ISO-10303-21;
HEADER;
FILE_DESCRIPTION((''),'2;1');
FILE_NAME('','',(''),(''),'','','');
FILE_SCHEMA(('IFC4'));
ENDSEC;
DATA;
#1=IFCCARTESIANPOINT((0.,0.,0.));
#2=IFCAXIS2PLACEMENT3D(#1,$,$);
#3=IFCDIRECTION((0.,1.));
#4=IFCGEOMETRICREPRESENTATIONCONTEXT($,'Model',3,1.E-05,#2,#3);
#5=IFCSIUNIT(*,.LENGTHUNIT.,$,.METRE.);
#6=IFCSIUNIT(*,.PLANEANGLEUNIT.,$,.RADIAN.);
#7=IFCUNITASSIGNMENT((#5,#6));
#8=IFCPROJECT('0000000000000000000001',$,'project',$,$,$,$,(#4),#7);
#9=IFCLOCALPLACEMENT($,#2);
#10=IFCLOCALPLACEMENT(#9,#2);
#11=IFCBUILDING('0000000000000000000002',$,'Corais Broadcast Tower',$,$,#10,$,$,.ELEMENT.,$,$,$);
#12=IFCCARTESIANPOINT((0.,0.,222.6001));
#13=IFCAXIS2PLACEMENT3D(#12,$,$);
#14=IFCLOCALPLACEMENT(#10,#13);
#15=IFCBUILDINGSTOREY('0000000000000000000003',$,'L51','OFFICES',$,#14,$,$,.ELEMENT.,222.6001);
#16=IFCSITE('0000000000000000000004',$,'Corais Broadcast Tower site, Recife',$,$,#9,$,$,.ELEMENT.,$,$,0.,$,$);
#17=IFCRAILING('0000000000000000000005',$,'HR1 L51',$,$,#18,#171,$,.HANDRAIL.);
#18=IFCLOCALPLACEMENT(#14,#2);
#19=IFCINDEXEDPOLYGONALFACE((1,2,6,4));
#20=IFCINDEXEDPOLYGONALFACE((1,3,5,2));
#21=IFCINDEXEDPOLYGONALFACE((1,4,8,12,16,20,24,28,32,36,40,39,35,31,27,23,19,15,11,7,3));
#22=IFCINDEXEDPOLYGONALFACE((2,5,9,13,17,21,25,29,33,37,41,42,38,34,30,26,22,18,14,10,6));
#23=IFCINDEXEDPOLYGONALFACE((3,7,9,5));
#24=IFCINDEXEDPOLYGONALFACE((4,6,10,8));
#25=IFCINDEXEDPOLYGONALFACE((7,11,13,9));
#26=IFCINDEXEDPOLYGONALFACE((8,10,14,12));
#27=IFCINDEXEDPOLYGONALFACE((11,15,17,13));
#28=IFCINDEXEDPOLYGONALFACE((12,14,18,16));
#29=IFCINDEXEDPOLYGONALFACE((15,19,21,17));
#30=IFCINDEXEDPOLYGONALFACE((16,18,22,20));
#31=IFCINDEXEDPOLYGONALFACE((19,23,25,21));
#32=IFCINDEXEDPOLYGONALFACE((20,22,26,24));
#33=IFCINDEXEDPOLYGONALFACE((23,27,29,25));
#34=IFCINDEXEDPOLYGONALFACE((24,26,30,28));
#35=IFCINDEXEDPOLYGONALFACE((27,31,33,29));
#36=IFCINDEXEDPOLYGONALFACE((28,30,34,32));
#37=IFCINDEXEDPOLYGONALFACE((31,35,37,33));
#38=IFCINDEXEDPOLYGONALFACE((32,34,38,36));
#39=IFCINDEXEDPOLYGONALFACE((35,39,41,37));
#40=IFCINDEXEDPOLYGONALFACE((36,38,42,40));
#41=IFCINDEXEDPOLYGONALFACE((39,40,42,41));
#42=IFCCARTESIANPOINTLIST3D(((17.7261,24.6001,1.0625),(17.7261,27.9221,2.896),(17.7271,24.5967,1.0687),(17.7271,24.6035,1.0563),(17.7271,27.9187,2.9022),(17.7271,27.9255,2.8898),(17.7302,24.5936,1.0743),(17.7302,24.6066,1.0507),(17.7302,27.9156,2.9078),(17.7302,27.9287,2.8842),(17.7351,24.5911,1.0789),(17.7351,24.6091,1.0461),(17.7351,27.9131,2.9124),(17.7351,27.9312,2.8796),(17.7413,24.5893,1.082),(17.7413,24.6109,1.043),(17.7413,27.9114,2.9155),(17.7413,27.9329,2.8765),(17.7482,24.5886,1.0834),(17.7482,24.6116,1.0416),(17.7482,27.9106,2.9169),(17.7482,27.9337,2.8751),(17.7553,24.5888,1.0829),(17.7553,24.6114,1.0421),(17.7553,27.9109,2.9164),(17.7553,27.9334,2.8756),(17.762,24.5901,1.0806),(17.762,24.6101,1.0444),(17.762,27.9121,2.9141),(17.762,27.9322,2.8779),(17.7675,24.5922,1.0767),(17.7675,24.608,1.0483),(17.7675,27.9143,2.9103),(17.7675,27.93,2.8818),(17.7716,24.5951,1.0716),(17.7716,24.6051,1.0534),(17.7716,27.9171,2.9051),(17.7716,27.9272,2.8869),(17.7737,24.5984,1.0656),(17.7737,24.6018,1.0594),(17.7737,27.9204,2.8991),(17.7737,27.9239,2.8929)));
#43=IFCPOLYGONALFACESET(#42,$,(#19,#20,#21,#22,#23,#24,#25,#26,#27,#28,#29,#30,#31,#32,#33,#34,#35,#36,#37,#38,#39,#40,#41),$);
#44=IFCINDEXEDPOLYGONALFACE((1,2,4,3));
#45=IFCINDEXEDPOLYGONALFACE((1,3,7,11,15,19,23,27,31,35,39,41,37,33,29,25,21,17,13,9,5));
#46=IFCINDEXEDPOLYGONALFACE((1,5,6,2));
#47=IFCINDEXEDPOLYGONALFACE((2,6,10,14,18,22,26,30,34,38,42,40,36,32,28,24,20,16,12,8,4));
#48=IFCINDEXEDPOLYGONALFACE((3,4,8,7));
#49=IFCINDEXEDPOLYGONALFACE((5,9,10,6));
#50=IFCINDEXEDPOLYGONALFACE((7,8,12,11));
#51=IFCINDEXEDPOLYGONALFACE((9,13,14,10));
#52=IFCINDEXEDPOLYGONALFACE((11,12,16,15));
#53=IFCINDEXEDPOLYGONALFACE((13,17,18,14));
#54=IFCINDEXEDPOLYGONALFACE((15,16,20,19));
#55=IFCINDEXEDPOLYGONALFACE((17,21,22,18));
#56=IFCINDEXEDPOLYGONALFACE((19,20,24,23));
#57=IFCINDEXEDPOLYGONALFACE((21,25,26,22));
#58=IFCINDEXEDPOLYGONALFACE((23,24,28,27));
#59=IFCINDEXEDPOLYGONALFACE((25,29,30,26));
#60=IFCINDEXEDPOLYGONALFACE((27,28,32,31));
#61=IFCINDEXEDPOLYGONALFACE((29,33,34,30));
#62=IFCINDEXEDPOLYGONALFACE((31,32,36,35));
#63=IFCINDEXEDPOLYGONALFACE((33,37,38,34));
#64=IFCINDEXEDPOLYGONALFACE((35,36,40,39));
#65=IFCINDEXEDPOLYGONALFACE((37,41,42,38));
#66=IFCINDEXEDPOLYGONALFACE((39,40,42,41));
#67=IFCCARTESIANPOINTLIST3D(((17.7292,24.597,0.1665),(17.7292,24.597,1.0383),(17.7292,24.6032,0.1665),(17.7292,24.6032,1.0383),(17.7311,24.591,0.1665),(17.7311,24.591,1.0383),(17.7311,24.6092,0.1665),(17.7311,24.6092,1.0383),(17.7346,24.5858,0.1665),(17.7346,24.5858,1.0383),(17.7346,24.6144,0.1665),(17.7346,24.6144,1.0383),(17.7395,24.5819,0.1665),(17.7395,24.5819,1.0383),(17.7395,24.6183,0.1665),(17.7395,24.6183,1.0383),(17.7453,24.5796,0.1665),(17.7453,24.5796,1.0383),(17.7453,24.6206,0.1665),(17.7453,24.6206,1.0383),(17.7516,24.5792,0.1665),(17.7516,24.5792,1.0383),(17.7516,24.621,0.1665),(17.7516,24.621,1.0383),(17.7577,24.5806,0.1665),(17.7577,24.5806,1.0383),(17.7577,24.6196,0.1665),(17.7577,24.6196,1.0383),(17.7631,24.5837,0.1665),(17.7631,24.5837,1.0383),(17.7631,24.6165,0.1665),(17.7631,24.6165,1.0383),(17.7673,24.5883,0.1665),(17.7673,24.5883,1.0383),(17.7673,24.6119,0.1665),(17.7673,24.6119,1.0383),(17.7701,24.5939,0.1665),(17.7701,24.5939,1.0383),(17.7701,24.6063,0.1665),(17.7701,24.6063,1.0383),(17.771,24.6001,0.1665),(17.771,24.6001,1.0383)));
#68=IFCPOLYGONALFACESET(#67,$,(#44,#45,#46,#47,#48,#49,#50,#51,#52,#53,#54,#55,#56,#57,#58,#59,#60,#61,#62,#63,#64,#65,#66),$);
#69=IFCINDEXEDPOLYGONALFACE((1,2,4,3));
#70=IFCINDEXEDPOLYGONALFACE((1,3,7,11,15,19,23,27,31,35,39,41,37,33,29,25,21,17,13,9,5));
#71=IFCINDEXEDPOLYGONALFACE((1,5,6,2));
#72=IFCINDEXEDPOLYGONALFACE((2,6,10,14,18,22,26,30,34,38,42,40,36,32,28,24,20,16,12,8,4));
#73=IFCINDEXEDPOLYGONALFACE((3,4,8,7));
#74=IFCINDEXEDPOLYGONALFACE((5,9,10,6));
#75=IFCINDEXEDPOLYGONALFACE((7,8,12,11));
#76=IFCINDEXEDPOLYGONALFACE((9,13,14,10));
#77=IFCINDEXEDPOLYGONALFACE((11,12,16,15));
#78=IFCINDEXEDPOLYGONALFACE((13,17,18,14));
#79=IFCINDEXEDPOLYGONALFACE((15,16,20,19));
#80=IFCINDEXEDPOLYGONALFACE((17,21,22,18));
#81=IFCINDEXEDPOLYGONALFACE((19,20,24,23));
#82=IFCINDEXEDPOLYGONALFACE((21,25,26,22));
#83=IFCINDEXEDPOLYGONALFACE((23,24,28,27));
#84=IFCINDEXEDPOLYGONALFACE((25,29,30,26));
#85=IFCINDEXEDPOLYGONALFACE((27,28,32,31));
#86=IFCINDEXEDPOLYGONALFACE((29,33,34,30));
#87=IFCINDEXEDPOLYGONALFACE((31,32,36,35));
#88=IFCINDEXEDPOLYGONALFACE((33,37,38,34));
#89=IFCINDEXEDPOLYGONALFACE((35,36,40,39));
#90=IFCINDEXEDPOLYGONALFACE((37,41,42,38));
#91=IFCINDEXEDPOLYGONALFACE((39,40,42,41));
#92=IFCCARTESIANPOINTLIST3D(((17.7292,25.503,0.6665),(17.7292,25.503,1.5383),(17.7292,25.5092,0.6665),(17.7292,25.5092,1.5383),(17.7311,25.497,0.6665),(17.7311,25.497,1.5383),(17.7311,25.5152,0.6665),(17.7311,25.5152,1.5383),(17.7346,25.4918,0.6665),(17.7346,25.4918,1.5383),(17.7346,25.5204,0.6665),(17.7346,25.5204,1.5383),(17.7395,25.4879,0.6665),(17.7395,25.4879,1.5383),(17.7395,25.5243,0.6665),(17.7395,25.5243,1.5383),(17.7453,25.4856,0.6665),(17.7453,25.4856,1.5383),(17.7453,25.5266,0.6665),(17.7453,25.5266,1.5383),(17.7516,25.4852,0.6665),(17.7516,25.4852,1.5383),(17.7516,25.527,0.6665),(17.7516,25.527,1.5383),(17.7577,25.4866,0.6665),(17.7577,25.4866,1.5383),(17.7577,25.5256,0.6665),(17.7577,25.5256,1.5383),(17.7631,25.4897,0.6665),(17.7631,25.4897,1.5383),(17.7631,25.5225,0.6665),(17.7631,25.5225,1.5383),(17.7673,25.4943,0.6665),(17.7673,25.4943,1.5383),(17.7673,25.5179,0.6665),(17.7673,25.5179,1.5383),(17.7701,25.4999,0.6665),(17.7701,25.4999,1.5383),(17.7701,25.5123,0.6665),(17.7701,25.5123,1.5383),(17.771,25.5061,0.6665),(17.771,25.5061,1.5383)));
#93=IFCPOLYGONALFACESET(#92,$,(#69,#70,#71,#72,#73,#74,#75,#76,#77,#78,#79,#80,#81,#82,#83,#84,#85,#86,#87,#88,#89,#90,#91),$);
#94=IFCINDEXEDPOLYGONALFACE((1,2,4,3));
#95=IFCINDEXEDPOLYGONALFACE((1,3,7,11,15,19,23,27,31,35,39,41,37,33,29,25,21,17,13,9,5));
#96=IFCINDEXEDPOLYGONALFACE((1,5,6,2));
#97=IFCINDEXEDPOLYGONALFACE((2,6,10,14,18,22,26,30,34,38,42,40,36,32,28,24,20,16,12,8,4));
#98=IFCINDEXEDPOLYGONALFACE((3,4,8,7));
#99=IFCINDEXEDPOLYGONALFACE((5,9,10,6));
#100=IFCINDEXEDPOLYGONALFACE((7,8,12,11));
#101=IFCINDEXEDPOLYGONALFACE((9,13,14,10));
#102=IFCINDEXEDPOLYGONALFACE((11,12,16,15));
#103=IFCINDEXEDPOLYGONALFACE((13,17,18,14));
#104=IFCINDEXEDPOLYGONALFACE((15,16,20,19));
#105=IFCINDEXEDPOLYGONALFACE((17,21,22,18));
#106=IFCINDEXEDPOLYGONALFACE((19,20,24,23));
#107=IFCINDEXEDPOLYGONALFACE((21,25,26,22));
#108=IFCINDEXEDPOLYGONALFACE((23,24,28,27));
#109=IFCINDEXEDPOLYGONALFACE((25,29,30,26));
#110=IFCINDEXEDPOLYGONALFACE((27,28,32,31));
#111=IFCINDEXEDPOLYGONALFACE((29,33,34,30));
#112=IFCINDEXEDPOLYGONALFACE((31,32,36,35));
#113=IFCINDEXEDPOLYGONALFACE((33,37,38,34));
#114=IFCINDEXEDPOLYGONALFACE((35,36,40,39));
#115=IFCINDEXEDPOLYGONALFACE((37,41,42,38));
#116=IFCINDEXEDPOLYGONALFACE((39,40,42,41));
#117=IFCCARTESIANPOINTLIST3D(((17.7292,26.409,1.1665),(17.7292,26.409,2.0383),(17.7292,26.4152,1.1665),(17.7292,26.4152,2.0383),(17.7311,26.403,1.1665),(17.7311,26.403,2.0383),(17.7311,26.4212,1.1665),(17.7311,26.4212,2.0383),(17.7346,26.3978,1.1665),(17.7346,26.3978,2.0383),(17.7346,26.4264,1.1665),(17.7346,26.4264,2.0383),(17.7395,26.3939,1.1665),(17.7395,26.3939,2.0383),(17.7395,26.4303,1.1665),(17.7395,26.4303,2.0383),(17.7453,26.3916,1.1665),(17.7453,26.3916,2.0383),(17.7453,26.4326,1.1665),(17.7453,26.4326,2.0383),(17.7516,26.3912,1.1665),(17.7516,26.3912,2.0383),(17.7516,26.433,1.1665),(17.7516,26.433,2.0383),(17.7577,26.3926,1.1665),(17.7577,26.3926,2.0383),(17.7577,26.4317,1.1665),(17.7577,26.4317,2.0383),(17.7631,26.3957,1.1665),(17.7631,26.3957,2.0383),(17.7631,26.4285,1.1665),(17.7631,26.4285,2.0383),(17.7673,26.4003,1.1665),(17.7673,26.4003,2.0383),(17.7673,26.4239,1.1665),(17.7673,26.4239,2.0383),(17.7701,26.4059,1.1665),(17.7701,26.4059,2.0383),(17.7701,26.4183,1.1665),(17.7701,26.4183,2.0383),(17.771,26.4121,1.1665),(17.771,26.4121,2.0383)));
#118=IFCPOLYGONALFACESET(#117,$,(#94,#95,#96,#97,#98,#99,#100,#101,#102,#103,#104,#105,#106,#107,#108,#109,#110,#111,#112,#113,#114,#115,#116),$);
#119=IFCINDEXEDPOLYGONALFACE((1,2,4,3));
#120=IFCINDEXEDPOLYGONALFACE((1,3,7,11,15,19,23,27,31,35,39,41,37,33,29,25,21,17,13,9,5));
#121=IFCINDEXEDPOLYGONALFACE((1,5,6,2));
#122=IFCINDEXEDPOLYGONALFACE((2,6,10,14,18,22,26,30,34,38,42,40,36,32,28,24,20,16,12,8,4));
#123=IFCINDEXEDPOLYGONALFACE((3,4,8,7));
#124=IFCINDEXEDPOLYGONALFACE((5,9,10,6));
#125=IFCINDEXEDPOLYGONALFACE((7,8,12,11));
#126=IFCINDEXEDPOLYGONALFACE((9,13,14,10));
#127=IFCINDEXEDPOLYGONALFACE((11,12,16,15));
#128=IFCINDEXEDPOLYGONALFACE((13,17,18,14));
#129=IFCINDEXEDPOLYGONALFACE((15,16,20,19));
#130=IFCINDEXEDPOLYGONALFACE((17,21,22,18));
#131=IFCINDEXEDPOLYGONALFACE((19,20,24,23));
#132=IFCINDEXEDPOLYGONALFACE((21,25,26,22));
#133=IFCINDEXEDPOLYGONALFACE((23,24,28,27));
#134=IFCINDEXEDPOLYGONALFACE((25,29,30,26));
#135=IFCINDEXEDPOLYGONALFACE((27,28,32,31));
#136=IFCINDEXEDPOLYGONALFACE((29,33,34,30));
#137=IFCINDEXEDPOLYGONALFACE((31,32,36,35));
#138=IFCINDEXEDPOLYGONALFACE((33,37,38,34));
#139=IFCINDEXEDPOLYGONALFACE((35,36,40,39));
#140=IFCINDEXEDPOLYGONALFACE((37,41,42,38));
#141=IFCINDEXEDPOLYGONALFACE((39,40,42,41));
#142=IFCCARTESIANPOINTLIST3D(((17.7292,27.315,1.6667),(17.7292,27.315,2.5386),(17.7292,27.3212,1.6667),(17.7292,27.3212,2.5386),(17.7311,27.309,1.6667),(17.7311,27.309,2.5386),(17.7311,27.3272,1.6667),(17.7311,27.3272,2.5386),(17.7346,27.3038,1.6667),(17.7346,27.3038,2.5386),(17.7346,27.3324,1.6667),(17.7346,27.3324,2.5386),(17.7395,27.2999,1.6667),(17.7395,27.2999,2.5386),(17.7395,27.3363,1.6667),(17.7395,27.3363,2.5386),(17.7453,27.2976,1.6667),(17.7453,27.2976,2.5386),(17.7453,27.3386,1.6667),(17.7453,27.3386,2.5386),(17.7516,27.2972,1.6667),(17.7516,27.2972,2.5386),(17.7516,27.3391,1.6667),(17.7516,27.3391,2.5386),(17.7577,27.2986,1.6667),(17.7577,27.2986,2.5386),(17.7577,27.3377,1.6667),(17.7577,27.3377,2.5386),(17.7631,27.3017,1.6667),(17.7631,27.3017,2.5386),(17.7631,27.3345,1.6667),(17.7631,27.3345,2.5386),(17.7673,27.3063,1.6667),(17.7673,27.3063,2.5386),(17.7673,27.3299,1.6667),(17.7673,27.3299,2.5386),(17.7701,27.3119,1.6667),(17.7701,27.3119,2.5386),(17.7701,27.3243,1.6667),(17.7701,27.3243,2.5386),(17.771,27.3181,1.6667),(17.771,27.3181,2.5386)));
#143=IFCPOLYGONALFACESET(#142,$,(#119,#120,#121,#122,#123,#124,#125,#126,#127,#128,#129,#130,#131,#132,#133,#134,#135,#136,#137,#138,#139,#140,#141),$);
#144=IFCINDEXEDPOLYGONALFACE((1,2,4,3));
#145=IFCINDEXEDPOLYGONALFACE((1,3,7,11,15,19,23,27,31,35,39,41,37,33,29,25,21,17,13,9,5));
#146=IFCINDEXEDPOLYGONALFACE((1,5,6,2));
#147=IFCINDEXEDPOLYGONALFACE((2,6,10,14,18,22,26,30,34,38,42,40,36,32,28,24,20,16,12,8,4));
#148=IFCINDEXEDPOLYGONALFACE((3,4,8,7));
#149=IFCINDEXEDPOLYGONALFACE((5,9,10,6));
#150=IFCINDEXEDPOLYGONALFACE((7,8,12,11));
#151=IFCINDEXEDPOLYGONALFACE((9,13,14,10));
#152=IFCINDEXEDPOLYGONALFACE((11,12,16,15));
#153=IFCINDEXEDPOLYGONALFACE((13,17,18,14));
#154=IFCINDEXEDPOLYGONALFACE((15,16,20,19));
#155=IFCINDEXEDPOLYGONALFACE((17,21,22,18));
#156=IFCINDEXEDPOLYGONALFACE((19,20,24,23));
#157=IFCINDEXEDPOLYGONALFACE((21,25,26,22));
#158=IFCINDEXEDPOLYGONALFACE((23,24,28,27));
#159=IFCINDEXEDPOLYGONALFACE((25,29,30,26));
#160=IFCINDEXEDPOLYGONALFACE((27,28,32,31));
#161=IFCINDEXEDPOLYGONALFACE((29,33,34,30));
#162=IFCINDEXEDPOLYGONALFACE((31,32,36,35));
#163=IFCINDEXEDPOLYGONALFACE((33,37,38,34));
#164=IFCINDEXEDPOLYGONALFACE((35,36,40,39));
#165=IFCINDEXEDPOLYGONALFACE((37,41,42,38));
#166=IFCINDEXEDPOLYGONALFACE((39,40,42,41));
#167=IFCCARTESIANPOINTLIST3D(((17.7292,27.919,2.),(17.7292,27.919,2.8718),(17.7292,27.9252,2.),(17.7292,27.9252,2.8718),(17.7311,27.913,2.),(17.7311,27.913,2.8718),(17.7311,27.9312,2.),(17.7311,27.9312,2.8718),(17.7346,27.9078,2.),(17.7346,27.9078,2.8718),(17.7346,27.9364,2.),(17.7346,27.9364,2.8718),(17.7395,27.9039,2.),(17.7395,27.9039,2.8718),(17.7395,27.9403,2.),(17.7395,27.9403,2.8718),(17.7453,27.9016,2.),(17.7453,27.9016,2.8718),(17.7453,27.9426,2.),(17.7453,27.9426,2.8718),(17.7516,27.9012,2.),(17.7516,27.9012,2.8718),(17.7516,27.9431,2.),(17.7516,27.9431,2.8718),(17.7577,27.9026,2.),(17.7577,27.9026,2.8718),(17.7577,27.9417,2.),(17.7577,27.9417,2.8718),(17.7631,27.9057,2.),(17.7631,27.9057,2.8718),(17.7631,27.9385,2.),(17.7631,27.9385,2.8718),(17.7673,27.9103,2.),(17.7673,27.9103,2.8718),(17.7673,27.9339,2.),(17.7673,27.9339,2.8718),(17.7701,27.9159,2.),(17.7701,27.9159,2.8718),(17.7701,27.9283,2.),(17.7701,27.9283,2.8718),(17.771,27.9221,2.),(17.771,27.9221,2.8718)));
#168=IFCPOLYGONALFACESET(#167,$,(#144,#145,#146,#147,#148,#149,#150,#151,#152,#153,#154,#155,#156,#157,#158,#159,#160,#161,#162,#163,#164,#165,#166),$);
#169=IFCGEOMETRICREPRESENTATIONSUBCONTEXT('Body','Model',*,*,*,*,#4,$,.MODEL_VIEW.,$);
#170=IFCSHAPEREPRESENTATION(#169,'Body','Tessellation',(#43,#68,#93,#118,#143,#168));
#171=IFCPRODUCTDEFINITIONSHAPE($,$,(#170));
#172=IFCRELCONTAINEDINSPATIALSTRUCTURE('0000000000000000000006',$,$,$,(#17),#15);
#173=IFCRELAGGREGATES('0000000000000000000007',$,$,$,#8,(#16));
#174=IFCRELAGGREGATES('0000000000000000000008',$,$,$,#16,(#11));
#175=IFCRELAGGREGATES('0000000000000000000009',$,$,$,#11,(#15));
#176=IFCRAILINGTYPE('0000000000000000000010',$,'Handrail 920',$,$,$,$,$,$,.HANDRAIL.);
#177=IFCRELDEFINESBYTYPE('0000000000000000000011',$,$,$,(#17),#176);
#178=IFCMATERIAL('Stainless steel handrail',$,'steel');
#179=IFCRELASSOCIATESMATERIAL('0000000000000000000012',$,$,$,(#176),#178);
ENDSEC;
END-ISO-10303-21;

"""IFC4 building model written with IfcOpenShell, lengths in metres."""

from ifc_helpers import new_model, si_unit, direction, frame, origin, origin_2d, place, context, subcontext, project, spatial, circle, extrude, material, type_object, element, save


model = new_model("IFC4")

# Units and contexts
model_context = context("Model", 3, precision=1e-05, world=origin(), true_north=direction((0.0, 1.0)))
body_context = subcontext(model_context, "Body", "Model", "MODEL_VIEW")
ifc_project = project(units=[si_unit("LENGTHUNIT", "METRE"), si_unit("PLANEANGLEUNIT", "RADIAN")], contexts=[model_context])

# Site, building, storey
site_placement = place(None, origin())
site = spatial("IfcSite", under=ifc_project, at=site_placement, Name="Corais Broadcast Tower site, Recife", CompositionType="ELEMENT", RefElevation=0.0)
building_placement = place(site_placement, origin())
building = spatial("IfcBuilding", under=site, at=building_placement, Name="Corais Broadcast Tower", CompositionType="ELEMENT")
storey_placement = place(building_placement, frame((0.0, 0.0, 222.6001)))
storey = spatial("IfcBuildingStorey", under=building, at=storey_placement, Name="L51", Description="OFFICES", CompositionType="ELEMENT", Elevation=222.6001)

# Railing
ifc_material_1 = material(Name="Stainless steel handrail", Category="steel")
railing_type = type_object("IfcRailingType", Name="Handrail 920", PredefinedType="HANDRAIL", material=ifc_material_1)
for number, where, name in (
    (1, (17.75, 24.6001, 0.1665), "HR1 L51"),
):
    element("IfcRailing", number, at=place(storey_placement, frame(where)), inside=storey, type_object=railing_type, Name=name, PredefinedType="HANDRAIL", context=body_context, shape_type="SweptSolid", body=[
        extrude(circle(Radius=0.0239, at=origin_2d()), frame((0.0, 0.0, 0.896), z_axis=(0.0, 0.875504, 0.48321), x_axis=(-1.0, 0.0, 0.0)), (0.0, 0.0, 1.0), 3.7944),
        extrude(circle(Radius=0.021, at=origin_2d()), origin(), (0.0, 0.0, 1.0), 0.8718),
        extrude(circle(Radius=0.021, at=origin_2d()), frame((0.0, 0.906, 0.5)), (0.0, 0.0, 1.0), 0.8718),
        extrude(circle(Radius=0.021, at=origin_2d()), frame((0.0, 1.812, 1.0)), (0.0, 0.0, 1.0), 0.8718),
        extrude(circle(Radius=0.021, at=origin_2d()), frame((0.0, 2.718, 1.5002)), (0.0, 0.0, 1.0), 0.8718),
        extrude(circle(Radius=0.021, at=origin_2d()), frame((0.0, 3.322, 1.8335)), (0.0, 0.0, 1.0), 0.8718),
    ])

save(model, "model.ifc")
